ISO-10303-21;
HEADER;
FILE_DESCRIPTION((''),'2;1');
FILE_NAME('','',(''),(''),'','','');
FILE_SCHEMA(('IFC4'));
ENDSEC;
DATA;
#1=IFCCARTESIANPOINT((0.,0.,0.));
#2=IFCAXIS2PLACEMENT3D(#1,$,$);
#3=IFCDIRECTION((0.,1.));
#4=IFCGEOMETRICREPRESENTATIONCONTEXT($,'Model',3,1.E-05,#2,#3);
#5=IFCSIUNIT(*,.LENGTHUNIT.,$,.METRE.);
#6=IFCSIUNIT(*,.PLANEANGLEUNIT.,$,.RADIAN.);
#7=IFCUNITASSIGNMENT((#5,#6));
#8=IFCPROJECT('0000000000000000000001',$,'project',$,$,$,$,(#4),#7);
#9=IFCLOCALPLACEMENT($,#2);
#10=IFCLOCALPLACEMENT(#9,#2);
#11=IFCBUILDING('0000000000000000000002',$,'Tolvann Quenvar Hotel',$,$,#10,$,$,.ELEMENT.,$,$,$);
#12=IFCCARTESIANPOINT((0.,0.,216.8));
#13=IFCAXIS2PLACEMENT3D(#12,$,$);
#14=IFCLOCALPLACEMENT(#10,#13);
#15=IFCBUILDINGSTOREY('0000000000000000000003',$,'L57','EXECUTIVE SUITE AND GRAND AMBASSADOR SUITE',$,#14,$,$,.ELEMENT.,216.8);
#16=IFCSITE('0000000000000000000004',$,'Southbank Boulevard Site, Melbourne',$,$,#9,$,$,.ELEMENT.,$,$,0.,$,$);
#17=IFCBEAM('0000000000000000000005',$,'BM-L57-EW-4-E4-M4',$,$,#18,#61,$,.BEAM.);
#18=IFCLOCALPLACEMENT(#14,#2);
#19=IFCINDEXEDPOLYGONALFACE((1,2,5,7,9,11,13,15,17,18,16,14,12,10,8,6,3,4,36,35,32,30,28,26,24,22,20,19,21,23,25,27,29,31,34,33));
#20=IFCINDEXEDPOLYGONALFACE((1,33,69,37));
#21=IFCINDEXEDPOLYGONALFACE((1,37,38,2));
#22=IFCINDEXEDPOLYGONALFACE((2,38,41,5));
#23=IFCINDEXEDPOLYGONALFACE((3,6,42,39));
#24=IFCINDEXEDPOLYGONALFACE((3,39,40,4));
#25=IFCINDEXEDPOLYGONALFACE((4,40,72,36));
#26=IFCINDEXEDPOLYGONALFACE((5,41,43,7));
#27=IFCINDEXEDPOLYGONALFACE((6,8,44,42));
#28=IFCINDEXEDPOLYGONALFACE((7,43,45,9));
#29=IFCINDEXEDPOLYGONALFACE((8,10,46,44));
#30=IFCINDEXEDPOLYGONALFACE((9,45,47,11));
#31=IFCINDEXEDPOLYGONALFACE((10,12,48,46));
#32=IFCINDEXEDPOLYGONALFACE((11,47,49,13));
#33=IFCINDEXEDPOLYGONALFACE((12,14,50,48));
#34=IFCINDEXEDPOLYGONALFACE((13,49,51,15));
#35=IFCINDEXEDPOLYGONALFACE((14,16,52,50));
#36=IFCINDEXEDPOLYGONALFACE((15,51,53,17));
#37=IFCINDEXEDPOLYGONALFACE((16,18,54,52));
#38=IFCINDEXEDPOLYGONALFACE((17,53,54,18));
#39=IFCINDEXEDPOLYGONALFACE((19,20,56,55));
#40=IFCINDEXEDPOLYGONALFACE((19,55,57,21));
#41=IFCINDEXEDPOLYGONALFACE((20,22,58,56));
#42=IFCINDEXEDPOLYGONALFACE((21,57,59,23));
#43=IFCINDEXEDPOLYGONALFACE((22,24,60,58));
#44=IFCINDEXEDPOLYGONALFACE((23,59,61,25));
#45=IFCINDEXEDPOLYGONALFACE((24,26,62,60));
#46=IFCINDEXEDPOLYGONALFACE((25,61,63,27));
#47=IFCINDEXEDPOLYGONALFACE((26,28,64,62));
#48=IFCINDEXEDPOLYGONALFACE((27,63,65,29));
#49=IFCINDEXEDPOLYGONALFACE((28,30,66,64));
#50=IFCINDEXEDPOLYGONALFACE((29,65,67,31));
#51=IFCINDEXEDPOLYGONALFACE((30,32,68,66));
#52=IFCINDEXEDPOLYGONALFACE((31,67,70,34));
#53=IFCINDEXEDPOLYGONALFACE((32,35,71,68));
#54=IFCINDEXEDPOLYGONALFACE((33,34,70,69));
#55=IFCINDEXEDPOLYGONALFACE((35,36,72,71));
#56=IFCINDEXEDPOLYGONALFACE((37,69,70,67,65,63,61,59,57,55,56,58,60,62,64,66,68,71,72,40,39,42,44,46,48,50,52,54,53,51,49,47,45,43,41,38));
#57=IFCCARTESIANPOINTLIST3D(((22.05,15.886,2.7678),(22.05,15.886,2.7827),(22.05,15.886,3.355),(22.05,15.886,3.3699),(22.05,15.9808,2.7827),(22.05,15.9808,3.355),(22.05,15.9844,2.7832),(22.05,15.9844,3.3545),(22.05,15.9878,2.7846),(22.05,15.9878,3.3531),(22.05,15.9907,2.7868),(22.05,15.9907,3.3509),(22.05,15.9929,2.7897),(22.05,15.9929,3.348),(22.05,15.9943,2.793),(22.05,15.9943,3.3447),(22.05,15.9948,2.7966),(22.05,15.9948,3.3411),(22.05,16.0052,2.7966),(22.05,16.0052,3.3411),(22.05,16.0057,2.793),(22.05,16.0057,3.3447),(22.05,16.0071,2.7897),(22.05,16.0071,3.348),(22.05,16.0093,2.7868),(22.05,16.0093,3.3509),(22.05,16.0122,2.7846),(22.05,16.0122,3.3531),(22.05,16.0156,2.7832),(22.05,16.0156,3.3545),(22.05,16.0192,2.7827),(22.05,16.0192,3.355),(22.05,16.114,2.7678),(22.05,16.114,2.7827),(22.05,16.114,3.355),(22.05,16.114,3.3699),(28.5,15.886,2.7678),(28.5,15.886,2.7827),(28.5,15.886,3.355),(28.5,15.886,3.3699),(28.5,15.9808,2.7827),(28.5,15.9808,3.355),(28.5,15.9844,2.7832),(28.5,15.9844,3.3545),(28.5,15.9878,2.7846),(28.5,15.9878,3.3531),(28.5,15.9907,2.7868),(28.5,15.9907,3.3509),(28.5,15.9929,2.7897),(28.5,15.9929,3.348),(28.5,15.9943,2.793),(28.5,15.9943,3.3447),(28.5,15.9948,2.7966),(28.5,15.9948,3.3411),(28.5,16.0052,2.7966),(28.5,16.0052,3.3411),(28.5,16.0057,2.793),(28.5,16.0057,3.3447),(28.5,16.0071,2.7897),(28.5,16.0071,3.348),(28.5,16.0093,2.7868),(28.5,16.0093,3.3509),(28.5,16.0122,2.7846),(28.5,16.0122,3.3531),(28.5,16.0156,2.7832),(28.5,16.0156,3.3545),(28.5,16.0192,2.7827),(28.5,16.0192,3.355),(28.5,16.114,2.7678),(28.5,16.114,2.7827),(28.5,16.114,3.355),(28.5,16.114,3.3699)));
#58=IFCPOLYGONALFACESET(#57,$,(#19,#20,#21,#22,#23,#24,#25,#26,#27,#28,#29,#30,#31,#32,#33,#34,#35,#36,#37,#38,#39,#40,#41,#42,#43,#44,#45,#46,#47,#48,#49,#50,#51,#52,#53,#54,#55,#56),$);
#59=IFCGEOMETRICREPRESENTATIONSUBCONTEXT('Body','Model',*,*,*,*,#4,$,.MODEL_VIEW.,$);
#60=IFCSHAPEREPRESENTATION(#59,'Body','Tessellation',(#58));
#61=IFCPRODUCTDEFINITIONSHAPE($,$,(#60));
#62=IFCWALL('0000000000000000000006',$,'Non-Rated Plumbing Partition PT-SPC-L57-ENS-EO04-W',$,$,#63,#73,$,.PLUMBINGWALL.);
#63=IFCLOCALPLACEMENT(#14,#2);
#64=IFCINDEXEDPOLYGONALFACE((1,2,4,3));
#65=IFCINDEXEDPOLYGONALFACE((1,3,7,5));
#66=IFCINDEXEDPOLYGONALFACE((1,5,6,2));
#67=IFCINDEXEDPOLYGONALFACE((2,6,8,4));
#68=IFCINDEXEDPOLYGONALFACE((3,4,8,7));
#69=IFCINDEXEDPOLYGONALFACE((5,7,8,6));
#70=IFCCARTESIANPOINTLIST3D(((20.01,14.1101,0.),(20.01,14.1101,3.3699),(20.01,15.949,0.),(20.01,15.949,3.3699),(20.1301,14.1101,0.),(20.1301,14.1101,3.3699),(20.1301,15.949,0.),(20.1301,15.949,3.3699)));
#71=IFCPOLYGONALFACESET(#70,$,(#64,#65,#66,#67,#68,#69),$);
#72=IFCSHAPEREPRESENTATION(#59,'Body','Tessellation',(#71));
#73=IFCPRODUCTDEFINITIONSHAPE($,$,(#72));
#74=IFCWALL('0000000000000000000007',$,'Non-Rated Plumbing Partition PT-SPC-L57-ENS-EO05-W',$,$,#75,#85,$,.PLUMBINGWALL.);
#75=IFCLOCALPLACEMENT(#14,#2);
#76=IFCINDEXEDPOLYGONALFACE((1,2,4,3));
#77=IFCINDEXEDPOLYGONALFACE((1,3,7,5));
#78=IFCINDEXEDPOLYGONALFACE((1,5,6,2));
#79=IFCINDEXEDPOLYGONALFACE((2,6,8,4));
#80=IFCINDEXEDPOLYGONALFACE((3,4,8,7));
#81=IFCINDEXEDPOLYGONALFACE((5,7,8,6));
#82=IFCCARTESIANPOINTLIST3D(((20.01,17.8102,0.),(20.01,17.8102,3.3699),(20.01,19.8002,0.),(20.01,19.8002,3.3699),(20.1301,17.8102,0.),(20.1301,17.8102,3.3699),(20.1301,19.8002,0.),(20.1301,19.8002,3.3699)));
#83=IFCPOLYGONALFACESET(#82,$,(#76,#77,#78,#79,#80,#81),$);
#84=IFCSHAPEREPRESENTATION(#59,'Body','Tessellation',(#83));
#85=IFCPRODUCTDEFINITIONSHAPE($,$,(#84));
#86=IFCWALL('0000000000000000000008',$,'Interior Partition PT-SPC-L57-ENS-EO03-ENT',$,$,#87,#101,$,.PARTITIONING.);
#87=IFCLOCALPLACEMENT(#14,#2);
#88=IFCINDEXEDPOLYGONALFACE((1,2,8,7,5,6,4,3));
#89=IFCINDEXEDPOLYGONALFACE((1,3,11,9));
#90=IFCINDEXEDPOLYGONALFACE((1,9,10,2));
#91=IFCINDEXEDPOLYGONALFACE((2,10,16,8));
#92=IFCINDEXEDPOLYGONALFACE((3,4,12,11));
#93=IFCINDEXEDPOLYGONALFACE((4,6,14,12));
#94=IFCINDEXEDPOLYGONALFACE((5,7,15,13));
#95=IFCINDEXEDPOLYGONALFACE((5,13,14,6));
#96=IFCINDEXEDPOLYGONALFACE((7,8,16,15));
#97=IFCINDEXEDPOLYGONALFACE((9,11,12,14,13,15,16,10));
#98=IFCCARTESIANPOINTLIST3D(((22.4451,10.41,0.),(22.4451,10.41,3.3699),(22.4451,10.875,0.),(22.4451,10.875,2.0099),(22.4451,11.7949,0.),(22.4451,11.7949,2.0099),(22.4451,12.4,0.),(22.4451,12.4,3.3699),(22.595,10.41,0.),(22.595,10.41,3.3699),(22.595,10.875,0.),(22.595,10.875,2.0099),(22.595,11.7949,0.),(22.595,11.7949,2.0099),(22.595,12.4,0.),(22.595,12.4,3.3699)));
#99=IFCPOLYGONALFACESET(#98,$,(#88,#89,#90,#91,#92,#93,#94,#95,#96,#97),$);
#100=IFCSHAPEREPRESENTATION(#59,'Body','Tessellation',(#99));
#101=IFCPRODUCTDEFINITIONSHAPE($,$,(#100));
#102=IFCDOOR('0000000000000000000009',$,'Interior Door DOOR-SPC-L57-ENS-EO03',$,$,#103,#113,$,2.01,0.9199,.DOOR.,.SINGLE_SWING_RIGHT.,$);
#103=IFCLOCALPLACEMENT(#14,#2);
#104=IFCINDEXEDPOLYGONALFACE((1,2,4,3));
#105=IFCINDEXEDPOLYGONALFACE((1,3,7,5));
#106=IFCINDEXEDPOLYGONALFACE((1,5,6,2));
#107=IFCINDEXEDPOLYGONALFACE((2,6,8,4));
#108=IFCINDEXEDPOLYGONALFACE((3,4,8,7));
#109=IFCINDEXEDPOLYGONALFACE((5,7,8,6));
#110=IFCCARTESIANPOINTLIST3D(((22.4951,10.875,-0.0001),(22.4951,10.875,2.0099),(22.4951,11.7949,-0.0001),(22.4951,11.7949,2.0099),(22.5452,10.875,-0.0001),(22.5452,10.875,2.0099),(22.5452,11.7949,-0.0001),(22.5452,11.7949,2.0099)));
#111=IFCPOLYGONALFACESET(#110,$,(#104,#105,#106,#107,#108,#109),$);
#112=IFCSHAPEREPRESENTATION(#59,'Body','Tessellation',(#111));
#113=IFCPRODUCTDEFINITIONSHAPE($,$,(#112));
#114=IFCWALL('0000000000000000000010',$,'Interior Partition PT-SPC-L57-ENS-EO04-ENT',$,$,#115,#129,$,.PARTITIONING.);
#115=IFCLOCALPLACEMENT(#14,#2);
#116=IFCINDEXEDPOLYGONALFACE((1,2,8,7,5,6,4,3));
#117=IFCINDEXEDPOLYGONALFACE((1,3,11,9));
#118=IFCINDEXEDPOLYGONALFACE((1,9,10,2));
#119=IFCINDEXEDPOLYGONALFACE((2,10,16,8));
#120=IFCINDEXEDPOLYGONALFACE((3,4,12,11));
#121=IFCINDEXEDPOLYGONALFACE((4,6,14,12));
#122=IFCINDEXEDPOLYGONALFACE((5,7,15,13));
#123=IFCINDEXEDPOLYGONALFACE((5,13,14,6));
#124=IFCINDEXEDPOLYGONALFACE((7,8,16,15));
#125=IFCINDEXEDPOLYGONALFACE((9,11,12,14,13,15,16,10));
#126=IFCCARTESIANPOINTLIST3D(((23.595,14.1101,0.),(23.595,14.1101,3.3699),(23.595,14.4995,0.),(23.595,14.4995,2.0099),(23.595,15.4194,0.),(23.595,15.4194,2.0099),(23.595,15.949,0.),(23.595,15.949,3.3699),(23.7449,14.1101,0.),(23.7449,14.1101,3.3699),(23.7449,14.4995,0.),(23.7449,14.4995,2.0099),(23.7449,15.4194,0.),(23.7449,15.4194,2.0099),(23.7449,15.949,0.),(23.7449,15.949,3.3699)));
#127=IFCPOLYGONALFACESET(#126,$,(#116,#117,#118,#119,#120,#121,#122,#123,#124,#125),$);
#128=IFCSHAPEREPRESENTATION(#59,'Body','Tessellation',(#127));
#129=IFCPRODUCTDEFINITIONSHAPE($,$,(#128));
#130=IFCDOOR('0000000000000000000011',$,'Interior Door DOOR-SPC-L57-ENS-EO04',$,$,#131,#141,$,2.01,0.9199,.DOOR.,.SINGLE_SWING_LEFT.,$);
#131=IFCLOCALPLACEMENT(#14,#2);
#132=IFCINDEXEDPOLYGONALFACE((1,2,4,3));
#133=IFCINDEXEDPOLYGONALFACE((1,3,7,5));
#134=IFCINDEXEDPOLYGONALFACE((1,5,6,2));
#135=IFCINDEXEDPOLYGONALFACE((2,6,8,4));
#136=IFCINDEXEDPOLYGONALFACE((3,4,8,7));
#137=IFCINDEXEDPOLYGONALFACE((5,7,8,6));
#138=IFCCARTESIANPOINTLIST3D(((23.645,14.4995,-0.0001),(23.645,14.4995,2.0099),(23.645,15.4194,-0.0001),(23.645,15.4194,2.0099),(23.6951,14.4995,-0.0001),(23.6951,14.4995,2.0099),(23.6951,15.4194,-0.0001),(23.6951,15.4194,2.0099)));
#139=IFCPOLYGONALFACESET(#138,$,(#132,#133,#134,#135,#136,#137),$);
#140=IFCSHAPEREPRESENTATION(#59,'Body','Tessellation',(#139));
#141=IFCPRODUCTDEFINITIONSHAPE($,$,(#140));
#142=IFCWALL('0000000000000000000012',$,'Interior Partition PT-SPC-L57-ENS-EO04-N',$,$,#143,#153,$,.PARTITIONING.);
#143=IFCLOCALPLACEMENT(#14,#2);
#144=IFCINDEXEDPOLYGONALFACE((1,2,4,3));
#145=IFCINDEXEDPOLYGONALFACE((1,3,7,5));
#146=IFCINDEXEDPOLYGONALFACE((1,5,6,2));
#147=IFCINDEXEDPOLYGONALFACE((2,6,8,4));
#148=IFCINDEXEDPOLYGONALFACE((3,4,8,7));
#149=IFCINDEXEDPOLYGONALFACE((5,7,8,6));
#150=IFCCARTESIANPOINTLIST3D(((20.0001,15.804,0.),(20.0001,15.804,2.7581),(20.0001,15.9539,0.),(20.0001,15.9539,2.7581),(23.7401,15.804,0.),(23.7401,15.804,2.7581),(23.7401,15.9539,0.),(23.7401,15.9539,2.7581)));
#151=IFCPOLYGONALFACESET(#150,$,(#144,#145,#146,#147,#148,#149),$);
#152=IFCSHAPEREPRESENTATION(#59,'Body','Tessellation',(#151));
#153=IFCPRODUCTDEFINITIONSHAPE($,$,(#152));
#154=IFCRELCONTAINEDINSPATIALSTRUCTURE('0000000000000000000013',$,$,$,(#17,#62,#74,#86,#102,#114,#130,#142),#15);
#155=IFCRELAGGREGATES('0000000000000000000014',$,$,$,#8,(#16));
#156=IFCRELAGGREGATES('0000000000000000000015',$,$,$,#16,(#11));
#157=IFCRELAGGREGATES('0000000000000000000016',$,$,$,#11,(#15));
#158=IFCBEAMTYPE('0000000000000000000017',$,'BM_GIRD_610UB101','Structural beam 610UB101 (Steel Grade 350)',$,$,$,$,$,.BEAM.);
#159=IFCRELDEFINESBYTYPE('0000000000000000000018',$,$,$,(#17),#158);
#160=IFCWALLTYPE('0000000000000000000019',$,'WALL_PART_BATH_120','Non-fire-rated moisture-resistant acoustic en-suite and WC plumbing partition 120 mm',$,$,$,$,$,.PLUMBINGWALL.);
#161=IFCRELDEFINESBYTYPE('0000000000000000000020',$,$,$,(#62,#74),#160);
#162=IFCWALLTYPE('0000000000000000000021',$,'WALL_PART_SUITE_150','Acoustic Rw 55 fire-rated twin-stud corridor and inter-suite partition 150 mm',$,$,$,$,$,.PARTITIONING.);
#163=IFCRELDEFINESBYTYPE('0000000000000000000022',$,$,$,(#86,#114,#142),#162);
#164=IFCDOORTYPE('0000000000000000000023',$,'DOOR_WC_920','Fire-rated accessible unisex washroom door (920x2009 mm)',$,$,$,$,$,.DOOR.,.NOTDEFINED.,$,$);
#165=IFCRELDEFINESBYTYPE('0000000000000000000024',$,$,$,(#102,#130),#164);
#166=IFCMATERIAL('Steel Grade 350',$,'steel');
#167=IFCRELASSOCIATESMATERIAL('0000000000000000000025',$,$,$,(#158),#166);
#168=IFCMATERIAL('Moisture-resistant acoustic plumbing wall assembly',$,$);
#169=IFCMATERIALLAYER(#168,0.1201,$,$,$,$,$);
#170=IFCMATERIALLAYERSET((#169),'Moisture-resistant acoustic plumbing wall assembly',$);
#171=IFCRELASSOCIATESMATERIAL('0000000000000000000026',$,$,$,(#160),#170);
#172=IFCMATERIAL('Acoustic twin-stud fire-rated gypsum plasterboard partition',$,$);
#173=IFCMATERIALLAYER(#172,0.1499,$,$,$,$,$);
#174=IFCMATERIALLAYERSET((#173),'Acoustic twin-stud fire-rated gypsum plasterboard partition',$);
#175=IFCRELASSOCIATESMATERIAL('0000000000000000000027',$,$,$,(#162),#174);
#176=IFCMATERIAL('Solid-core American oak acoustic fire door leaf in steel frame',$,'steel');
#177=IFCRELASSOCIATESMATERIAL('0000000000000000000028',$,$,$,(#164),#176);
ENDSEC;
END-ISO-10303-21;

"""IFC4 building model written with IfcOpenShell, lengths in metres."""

from ifc_helpers import new_model, si_unit, direction, frame, frame_2d, origin, origin_2d, place, context, subcontext, project, spatial, rectangle, i_section, extrude, source, transform, mapped, material, layer, layer_set, material_profile, profile_set, type_object, type_shapes, element, fill, save


model = new_model("IFC4")

# Units and contexts
model_context = context("Model", 3, precision=1e-05, world=origin(), true_north=direction((0.0, 1.0)))
body_context = subcontext(model_context, "Body", "Model", "MODEL_VIEW")
ifc_project = project(units=[si_unit("LENGTHUNIT", "METRE"), si_unit("PLANEANGLEUNIT", "RADIAN")], contexts=[model_context])

# Site, building, storey
site_placement = place(None, origin())
site = spatial("IfcSite", under=ifc_project, at=site_placement, Name="Southbank Boulevard Site, Melbourne", CompositionType="ELEMENT", RefElevation=0.0)
building_placement = place(site_placement, origin())
building = spatial("IfcBuilding", under=site, at=building_placement, Name="Tolvann Quenvar Hotel", CompositionType="ELEMENT")
storey_placement = place(building_placement, frame((0.0, 0.0, 216.8)))
storey = spatial("IfcBuildingStorey", under=building, at=storey_placement, Name="L57", Description="EXECUTIVE SUITE AND GRAND AMBASSADOR SUITE", CompositionType="ELEMENT", Elevation=216.8)

# Shared definitions
ifc_material_1 = material(Name="Steel Grade 350", Category="steel")

# Beam
ifc_material_profile_1 = material_profile(ifc_material_1, i_section(OverallWidth=0.228, OverallDepth=0.6021, WebThickness=0.0105, FlangeThickness=0.0149, FilletRadius=0.0139, at=origin_2d()), Name="610UB101")
ifc_profile_set_1 = profile_set([ifc_material_profile_1], Name="Steel Grade 350")
beam_type_1 = type_object("IfcBeamType", Name="BM_GIRD_610UB101", Description="Structural beam 610UB101 (Steel Grade 350)", PredefinedType="BEAM", material=ifc_profile_set_1)
shared_shape_1 = source(origin(), body_context, "Body", "SweptSolid", [
    extrude(i_section(OverallWidth=0.228, OverallDepth=0.6021, WebThickness=0.0105, FlangeThickness=0.0149, FilletRadius=0.0139, at=origin_2d()), origin(), (0.0, 0.0, 1.0), 6.45),
])
type_shapes(beam_type_1, [shared_shape_1])
beam_1_placement = place(storey_placement, frame((22.05, 16.0, 3.0688), z_axis=(1.0, 0.0, 0.0), x_axis=(0.0, 1.0, 0.0)))
element("IfcBeam", 1, at=beam_1_placement, inside=storey, type_object=beam_type_1, Name="BM-L57-EW-4-E4-M4", PredefinedType="BEAM", context=body_context, shape_type="MappedRepresentation", body=[
    mapped(shared_shape_1, transform((0.0, 0.0, 0.0), x_axis=(1.0, 0.0, 0.0), y_axis=(0.0, 1.0, 0.0), z_axis=(0.0, 0.0, 1.0), scale=1.0)),
])

# Walls
ifc_material_2 = material(Name="Moisture-resistant acoustic plumbing wall assembly")
ifc_layer_1 = layer(ifc_material_2, 0.1201)
ifc_layer_set_1 = layer_set([ifc_layer_1], Name="Moisture-resistant acoustic plumbing wall assembly")
wall_type_1 = type_object("IfcWallType", Name="WALL_PART_BATH_120", Description="Non-fire-rated moisture-resistant acoustic en-suite and WC plumbing partition 120 mm", PredefinedType="PLUMBINGWALL", material=ifc_layer_set_1)
wall_1_placement = place(storey_placement, frame((20.0701, 14.1101, 0.0), z_axis=(0.0, 0.0, 1.0), x_axis=(0.0, 1.0, 0.0)))
element("IfcWall", 2, at=wall_1_placement, inside=storey, type_object=wall_type_1, Name="Non-Rated Plumbing Partition PT-SPC-L57-ENS-EO04-W", PredefinedType="PLUMBINGWALL", context=body_context, shape_type="SweptSolid", body=[
    extrude(rectangle(XDim=1.8389, YDim=0.1201, at=frame_2d((0.9194, 0.0))), origin(), (0.0, 0.0, 1.0), 3.3699),
])
wall_2_placement = place(storey_placement, frame((20.0701, 17.8101, 0.0), z_axis=(0.0, 0.0, 1.0), x_axis=(0.0, 1.0, 0.0)))
element("IfcWall", 3, at=wall_2_placement, inside=storey, type_object=wall_type_1, Name="Non-Rated Plumbing Partition PT-SPC-L57-ENS-EO05-W", PredefinedType="PLUMBINGWALL", context=body_context, shape_type="SweptSolid", body=[
    extrude(rectangle(XDim=1.99, YDim=0.1201, at=frame_2d((0.9951, 0.0))), origin(), (0.0, 0.0, 1.0), 3.3699),
])

# Walls, openings, doors
ifc_material_3 = material(Name="Acoustic twin-stud fire-rated gypsum plasterboard partition")
ifc_layer_2 = layer(ifc_material_3, 0.1499)
ifc_layer_set_2 = layer_set([ifc_layer_2], Name="Acoustic twin-stud fire-rated gypsum plasterboard partition")
wall_type_2 = type_object("IfcWallType", Name="WALL_PART_SUITE_150", Description="Acoustic Rw 55 fire-rated twin-stud corridor and inter-suite partition 150 mm", PredefinedType="PARTITIONING", material=ifc_layer_set_2)
wall_3_placement = place(storey_placement, frame((22.52, 10.4099, 0.0), z_axis=(0.0, 0.0, 1.0), x_axis=(0.0, 1.0, 0.0)))
wall_3 = element("IfcWall", 4, at=wall_3_placement, inside=storey, type_object=wall_type_2, Name="Interior Partition PT-SPC-L57-ENS-EO03-ENT", PredefinedType="PARTITIONING", context=body_context, shape_type="SweptSolid", body=[
    extrude(rectangle(XDim=1.99, YDim=0.1499, at=frame_2d((0.9951, 0.0))), origin(), (0.0, 0.0, 1.0), 3.3699),
])
opening_1_placement = place(wall_3_placement, frame((0.4651, 0.0, 0.0)))
opening_1 = element("IfcOpeningElement", 5, at=opening_1_placement, cuts=wall_3, PredefinedType="OPENING", context=body_context, shape_type="SweptSolid", body=[
    extrude(rectangle(XDim=0.9199, YDim=2.01, at=frame_2d((0.46, 1.0049))), frame((0.0, 0.085, 0.0), z_axis=(0.0, -1.0, 0.0), x_axis=(1.0, 0.0, 0.0)), (0.0, 0.0, 1.0), 0.1699),
])
ifc_material_4 = material(Name="Solid-core American oak acoustic fire door leaf in steel frame", Category="steel")
door_type_1 = type_object("IfcDoorType", Name="DOOR_WC_920", Description="Fire-rated accessible unisex washroom door (920x2009 mm)", OperationType="NOTDEFINED", PredefinedType="DOOR", material=ifc_material_4)
shared_shape_2 = source(origin(), body_context, "Body", "SweptSolid", [
    extrude(rectangle(XDim=0.9199, YDim=2.01, at=frame_2d((0.46, 1.0049))), frame((0.0, 0.0249, 0.0), z_axis=(0.0, -1.0, 0.0), x_axis=(1.0, 0.0, 0.0)), (0.0, 0.0, 1.0), 0.05),
])
type_shapes(door_type_1, [shared_shape_2])
door_1_placement = place(opening_1_placement, origin())
door_1 = element("IfcDoor", 6, at=door_1_placement, inside=storey, type_object=door_type_1, Name="Interior Door DOOR-SPC-L57-ENS-EO03", OperationType="SINGLE_SWING_RIGHT", OverallHeight=2.01, OverallWidth=0.9199, PredefinedType="DOOR", context=body_context, shape_type="MappedRepresentation", body=[
    mapped(shared_shape_2, transform((0.0, 0.0, 0.0), x_axis=(1.0, 0.0, 0.0), y_axis=(0.0, 1.0, 0.0), z_axis=(0.0, 0.0, 1.0), scale=1.0)),
])
fill(opening_1, door_1)
wall_4_placement = place(storey_placement, frame((23.6699, 14.1101, 0.0), z_axis=(0.0, 0.0, 1.0), x_axis=(0.0, 1.0, 0.0)))
wall_4 = element("IfcWall", 7, at=wall_4_placement, inside=storey, type_object=wall_type_2, Name="Interior Partition PT-SPC-L57-ENS-EO04-ENT", PredefinedType="PARTITIONING", context=body_context, shape_type="SweptSolid", body=[
    extrude(rectangle(XDim=1.8389, YDim=0.1499, at=frame_2d((0.9194, 0.0))), origin(), (0.0, 0.0, 1.0), 3.3699),
])
opening_2_placement = place(wall_4_placement, frame((0.3894, 0.0, 0.0)))
opening_2 = element("IfcOpeningElement", 8, at=opening_2_placement, cuts=wall_4, PredefinedType="OPENING", context=body_context, shape_type="SweptSolid", body=[
    extrude(rectangle(XDim=0.9199, YDim=2.01, at=frame_2d((0.46, 1.0049))), frame((0.0, 0.085, 0.0), z_axis=(0.0, -1.0, 0.0), x_axis=(1.0, 0.0, 0.0)), (0.0, 0.0, 1.0), 0.1699),
])
door_2_placement = place(opening_2_placement, origin())
door_2 = element("IfcDoor", 9, at=door_2_placement, inside=storey, type_object=door_type_1, Name="Interior Door DOOR-SPC-L57-ENS-EO04", OperationType="SINGLE_SWING_LEFT", OverallHeight=2.01, OverallWidth=0.9199, PredefinedType="DOOR", context=body_context, shape_type="MappedRepresentation", body=[
    mapped(shared_shape_2, transform((0.0, 0.0, 0.0), x_axis=(1.0, 0.0, 0.0), y_axis=(0.0, 1.0, 0.0), z_axis=(0.0, 0.0, 1.0), scale=1.0)),
])
fill(opening_2, door_2)

# Wall
wall_5_placement = place(storey_placement, frame((20.0, 15.8789, 0.0), z_axis=(0.0, 0.0, 1.0), x_axis=(1.0, 0.0, 0.0)))
element("IfcWall", 10, at=wall_5_placement, inside=storey, type_object=wall_type_2, Name="Interior Partition PT-SPC-L57-ENS-EO04-N", PredefinedType="PARTITIONING", context=body_context, shape_type="SweptSolid", body=[
    extrude(rectangle(XDim=3.74, YDim=0.1499, at=frame_2d((1.8701, 0.0))), origin(), (0.0, 0.0, 1.0), 2.7581),
])

save(model, "model.ifc")
